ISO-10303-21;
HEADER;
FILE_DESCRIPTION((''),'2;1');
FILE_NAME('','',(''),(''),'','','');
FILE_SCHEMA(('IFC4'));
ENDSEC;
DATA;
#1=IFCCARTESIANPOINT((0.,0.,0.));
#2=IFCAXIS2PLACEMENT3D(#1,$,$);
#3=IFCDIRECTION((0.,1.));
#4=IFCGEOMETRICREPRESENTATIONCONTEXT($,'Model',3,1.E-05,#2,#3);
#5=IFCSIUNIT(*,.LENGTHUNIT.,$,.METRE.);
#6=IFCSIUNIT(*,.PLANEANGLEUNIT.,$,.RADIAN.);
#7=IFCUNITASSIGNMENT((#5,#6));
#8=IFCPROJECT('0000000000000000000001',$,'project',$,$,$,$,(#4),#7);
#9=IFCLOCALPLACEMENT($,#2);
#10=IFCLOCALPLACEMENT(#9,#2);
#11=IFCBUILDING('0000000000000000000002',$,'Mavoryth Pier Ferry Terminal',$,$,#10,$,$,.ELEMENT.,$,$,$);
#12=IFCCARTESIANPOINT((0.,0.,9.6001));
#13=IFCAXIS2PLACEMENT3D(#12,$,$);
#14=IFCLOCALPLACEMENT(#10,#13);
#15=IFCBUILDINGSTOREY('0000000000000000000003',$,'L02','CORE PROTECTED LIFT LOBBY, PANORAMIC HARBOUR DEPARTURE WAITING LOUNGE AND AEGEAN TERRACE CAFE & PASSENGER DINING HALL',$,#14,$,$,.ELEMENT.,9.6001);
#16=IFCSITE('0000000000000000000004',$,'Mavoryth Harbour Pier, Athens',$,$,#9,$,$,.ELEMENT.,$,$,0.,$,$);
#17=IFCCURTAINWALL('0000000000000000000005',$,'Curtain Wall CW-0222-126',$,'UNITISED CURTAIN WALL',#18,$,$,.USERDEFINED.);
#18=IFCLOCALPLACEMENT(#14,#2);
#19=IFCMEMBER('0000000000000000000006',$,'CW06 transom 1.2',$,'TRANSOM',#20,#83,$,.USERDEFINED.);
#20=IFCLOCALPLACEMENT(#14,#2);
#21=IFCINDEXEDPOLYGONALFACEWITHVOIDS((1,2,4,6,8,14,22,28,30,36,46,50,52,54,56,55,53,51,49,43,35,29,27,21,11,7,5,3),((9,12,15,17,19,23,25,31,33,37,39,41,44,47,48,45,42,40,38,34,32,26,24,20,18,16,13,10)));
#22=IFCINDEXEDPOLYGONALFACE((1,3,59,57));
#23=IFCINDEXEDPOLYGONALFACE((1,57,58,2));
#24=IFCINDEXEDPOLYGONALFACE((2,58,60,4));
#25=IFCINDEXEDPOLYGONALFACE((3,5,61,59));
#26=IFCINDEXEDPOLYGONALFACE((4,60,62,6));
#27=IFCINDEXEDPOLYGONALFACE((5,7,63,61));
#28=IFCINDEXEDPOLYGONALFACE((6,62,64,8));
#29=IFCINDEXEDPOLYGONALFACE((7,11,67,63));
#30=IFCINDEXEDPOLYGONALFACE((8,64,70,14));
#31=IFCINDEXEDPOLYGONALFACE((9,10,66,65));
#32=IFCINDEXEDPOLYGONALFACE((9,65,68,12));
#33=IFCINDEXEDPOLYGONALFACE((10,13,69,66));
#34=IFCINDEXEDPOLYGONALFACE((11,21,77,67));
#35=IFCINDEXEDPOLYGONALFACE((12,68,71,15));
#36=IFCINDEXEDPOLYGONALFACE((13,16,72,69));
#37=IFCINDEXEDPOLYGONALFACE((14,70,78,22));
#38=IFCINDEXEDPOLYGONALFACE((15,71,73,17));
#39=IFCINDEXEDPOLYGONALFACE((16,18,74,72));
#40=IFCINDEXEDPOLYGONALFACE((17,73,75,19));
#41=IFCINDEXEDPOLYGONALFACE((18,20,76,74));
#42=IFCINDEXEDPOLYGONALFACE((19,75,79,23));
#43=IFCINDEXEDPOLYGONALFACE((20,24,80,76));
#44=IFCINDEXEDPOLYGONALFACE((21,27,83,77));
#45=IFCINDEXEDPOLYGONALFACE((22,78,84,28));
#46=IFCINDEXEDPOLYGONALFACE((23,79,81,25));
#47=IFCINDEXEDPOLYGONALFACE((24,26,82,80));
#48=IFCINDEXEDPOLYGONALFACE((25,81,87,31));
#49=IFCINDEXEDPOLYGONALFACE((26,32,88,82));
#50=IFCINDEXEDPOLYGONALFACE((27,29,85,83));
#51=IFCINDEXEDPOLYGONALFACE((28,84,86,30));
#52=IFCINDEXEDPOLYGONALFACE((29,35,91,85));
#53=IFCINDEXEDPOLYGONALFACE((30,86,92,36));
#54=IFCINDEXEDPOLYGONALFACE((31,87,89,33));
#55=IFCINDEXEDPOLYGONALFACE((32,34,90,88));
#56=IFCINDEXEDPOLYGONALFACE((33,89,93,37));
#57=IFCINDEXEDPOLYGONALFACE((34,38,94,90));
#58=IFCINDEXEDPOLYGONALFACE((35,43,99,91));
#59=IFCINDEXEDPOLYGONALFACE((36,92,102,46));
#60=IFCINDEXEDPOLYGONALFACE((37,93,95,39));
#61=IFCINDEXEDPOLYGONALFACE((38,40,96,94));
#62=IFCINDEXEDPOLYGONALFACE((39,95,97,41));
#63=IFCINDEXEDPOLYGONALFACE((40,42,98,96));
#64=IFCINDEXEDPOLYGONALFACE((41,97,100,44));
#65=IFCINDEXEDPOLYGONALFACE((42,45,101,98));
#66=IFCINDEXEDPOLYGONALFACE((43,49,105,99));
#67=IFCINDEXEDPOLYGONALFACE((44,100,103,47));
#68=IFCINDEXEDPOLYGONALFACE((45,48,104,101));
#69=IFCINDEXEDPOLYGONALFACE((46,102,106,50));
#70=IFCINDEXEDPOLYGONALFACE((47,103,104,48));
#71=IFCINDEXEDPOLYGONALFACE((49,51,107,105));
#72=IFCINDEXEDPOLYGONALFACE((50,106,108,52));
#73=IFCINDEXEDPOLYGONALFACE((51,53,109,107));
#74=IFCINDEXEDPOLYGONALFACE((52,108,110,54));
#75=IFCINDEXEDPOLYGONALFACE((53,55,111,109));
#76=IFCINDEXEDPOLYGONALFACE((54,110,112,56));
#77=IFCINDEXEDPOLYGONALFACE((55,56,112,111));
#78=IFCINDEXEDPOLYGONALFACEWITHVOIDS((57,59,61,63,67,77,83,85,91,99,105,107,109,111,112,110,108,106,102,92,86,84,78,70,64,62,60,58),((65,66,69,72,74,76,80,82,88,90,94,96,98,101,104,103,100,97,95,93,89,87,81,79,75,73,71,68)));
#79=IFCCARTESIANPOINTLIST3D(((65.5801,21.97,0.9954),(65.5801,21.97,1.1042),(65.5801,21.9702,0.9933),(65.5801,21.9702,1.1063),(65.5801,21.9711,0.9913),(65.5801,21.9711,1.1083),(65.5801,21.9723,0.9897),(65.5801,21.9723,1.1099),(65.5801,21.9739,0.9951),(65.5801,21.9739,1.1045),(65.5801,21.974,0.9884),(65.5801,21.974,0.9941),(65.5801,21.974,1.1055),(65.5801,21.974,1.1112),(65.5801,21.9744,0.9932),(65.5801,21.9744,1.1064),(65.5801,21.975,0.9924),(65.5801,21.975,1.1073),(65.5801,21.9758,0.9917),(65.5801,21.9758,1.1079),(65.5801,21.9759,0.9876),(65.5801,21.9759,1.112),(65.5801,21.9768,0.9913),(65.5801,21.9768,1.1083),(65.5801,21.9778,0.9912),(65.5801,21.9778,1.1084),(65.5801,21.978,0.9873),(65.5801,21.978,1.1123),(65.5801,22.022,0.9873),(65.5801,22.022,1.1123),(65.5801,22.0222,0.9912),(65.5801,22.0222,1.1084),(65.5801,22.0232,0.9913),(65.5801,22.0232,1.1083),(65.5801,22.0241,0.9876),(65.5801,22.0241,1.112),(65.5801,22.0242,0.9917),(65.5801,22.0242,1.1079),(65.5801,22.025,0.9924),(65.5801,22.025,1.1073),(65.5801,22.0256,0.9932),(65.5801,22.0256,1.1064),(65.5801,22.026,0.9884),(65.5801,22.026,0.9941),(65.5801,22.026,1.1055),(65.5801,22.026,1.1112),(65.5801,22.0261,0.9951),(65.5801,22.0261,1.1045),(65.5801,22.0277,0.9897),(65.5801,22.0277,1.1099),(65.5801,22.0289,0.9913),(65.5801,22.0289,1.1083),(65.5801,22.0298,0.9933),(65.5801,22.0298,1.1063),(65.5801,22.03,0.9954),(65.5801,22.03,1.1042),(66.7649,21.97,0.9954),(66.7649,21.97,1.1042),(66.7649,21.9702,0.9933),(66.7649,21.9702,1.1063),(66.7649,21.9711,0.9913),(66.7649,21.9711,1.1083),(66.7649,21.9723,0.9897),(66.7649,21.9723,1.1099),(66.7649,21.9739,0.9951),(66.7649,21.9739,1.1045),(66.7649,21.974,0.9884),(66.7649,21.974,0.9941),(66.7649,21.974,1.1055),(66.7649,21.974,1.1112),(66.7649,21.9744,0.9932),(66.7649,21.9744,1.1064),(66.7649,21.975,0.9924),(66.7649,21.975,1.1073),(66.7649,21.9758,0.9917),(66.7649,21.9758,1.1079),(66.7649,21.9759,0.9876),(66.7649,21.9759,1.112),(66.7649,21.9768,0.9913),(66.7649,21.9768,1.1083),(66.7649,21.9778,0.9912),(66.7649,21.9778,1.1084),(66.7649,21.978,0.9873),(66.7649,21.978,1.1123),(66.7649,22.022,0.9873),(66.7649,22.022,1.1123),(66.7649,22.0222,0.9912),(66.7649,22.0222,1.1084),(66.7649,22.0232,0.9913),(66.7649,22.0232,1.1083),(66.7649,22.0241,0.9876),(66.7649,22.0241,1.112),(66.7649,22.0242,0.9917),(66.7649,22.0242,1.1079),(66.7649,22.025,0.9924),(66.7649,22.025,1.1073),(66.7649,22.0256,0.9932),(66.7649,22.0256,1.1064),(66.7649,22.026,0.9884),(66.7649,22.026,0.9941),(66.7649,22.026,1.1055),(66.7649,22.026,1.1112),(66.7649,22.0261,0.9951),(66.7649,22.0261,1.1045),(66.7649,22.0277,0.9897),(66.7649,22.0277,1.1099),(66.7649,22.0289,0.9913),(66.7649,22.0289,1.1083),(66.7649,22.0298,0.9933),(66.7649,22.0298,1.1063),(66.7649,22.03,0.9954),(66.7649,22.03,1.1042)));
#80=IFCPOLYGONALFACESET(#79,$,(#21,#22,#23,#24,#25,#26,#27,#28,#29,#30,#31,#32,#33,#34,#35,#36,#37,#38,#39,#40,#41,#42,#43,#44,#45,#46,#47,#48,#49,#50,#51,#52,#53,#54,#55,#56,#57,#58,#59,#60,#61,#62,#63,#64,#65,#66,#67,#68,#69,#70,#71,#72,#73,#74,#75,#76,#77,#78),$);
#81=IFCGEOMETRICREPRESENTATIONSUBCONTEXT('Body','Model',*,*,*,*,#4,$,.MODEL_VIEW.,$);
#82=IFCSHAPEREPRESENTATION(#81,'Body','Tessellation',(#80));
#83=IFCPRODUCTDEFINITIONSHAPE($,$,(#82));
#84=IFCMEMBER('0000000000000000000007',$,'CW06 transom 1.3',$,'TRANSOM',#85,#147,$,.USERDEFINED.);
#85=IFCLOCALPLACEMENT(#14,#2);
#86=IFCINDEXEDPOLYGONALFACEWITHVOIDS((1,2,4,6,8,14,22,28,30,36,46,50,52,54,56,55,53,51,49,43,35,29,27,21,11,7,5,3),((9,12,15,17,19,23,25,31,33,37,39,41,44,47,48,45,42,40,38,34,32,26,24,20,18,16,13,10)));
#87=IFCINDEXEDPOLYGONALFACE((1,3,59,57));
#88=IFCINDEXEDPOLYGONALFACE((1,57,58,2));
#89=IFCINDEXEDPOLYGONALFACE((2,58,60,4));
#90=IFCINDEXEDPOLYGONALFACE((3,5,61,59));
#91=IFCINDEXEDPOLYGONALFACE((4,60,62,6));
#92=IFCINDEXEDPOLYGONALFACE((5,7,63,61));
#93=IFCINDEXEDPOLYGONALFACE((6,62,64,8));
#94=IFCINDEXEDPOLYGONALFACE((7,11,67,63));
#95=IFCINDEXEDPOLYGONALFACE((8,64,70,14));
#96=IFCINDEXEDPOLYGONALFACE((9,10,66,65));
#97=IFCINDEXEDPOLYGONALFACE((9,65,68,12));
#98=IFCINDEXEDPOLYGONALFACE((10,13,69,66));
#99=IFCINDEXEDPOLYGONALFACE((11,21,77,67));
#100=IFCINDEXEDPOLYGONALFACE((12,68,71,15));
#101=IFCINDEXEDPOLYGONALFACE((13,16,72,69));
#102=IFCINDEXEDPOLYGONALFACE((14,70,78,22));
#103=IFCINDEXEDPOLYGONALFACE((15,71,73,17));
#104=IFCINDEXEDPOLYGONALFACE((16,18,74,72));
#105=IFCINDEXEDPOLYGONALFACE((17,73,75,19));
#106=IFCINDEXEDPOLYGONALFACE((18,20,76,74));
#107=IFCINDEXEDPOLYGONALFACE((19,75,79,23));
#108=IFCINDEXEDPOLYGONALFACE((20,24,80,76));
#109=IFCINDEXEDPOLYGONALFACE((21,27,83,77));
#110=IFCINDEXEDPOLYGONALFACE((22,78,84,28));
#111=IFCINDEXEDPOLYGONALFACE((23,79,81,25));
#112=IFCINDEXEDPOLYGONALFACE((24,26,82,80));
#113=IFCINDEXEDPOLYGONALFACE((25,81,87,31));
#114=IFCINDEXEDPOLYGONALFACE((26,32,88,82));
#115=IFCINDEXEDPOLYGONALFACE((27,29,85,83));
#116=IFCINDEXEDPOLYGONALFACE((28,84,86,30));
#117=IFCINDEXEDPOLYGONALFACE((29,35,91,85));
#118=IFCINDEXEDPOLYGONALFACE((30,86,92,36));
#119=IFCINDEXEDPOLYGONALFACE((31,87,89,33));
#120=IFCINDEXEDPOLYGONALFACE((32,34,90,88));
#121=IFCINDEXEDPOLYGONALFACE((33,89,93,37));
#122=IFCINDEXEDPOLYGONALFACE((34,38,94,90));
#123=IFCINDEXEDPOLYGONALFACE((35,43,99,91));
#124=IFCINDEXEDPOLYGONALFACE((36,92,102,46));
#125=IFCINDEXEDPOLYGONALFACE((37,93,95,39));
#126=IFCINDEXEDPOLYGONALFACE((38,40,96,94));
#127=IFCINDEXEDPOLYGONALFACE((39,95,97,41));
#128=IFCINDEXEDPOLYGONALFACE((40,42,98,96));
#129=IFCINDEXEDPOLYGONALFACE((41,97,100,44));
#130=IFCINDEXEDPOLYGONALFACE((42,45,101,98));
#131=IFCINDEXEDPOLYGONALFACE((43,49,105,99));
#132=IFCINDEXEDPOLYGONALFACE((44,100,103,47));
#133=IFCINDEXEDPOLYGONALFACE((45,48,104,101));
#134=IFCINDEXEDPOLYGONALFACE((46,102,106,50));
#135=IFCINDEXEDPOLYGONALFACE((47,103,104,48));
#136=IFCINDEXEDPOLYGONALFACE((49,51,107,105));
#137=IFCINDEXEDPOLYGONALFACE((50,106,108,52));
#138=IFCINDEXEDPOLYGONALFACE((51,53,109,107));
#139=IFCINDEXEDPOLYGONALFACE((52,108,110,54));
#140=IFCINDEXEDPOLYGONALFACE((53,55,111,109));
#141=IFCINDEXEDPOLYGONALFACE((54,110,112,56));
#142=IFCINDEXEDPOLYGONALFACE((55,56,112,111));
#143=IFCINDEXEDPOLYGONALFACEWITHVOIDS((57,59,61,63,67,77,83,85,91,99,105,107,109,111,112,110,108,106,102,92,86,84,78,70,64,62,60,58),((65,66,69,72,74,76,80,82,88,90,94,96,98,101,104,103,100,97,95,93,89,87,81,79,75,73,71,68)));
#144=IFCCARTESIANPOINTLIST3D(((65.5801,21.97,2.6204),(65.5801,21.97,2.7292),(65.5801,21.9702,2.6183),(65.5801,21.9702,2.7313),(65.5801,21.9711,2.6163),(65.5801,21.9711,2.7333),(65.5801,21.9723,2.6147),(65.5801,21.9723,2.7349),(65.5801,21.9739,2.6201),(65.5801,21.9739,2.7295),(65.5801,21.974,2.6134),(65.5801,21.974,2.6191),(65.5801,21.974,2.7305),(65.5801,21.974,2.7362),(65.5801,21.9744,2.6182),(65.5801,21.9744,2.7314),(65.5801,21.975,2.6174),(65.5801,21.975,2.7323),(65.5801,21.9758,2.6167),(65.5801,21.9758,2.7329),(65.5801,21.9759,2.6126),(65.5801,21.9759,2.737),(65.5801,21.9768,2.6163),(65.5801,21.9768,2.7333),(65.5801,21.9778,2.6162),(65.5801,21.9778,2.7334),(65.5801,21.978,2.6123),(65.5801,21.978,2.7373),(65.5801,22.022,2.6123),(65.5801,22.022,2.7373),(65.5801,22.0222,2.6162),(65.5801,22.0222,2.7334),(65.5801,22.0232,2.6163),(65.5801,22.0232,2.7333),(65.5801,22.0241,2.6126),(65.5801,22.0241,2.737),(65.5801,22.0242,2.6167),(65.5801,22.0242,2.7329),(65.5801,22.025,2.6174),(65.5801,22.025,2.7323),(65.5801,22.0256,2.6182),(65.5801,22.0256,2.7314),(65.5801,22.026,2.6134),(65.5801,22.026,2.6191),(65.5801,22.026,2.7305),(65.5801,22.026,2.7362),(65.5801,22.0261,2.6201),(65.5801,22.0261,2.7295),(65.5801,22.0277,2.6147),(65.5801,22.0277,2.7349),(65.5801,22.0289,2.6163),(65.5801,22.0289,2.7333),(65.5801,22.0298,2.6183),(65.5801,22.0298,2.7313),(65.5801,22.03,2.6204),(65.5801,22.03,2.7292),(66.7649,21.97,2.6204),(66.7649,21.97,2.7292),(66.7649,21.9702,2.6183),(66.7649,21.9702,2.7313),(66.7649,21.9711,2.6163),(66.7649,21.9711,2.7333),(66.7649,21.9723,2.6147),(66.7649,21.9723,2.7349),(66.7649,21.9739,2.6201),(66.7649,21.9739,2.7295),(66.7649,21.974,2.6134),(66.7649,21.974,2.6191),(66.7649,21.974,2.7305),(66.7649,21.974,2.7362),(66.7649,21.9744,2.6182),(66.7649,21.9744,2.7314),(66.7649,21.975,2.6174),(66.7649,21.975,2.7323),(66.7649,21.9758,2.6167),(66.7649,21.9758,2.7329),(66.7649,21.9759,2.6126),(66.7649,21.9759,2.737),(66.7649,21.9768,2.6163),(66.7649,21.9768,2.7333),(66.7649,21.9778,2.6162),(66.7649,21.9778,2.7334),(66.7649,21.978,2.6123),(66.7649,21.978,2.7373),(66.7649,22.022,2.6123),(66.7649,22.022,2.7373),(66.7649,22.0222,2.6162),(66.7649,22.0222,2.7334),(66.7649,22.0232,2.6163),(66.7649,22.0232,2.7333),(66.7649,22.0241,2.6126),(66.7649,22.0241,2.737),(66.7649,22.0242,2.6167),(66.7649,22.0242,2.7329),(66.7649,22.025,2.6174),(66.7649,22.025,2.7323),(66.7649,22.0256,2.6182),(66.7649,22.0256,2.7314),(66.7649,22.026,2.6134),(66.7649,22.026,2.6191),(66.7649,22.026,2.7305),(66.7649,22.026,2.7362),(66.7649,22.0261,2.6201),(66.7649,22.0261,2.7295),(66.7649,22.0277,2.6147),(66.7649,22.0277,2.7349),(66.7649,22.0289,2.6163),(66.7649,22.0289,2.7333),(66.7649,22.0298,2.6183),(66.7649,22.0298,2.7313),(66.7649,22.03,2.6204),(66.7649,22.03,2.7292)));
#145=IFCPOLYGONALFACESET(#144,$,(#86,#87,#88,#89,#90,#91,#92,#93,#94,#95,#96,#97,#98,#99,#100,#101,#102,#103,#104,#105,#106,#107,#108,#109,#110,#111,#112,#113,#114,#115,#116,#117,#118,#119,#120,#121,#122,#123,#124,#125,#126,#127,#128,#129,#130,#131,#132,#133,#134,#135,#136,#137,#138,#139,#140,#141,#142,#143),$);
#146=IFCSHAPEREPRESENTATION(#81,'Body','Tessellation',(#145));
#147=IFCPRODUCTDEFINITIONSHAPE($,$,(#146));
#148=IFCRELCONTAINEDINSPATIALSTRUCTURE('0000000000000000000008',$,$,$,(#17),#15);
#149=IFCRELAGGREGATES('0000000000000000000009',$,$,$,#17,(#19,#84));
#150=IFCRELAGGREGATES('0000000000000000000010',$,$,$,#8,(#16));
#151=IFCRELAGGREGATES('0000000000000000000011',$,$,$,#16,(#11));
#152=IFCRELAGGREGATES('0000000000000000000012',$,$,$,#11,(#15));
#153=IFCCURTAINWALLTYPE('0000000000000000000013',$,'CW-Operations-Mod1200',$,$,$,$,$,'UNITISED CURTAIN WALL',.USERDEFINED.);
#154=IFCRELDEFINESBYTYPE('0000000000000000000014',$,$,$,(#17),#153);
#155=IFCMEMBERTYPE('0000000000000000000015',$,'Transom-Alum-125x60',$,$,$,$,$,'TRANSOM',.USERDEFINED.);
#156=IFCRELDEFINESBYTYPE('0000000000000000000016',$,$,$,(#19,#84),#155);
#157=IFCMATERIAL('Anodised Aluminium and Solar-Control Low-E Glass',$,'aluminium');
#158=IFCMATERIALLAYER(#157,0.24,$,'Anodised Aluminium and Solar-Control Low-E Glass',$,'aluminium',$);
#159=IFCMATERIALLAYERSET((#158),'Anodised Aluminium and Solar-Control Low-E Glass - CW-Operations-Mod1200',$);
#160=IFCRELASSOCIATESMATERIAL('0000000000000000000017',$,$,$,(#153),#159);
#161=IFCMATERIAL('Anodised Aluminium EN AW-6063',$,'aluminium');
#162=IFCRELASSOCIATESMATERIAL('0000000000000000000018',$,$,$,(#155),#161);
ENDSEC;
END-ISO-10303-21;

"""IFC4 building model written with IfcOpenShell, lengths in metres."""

from ifc_helpers import new_model, si_unit, direction, frame, origin, origin_2d, place, context, subcontext, project, spatial, hollow_rectangle, extrude, material, layer, layer_set, material_profile, profile_set, type_object, element, aggregate, save


model = new_model("IFC4")

# Units and contexts
model_context = context("Model", 3, precision=1e-05, world=origin(), true_north=direction((0.0, 1.0)))
body_context = subcontext(model_context, "Body", "Model", "MODEL_VIEW")
ifc_project = project(units=[si_unit("LENGTHUNIT", "METRE"), si_unit("PLANEANGLEUNIT", "RADIAN")], contexts=[model_context])

# Site, building, storey
site_placement = place(None, origin())
site = spatial("IfcSite", under=ifc_project, at=site_placement, Name="Mavoryth Harbour Pier, Athens", CompositionType="ELEMENT", RefElevation=0.0)
building_placement = place(site_placement, origin())
building = spatial("IfcBuilding", under=site, at=building_placement, Name="Mavoryth Pier Ferry Terminal", CompositionType="ELEMENT")
storey_placement = place(building_placement, frame((0.0, 0.0, 9.6001)))
storey = spatial("IfcBuildingStorey", under=building, at=storey_placement, Name="L02", Description="CORE PROTECTED LIFT LOBBY, PANORAMIC HARBOUR DEPARTURE WAITING LOUNGE AND AEGEAN TERRACE CAFE & PASSENGER DINING HALL", CompositionType="ELEMENT", Elevation=9.6001)

# Curtain wall
ifc_material_1 = material(Name="Anodised Aluminium and Solar-Control Low-E Glass", Category="aluminium")
ifc_layer_1 = layer(ifc_material_1, 0.24, Name="Anodised Aluminium and Solar-Control Low-E Glass", Category="aluminium")
ifc_layer_set_1 = layer_set([ifc_layer_1], Name="Anodised Aluminium and Solar-Control Low-E Glass - CW-Operations-Mod1200")
curtain_wall_type = type_object("IfcCurtainWallType", Name="CW-Operations-Mod1200", ElementType="UNITISED CURTAIN WALL", PredefinedType="USERDEFINED", material=ifc_layer_set_1)
curtain_wall_1_placement = place(storey_placement, origin())
curtain_wall_1 = element("IfcCurtainWall", 1, at=curtain_wall_1_placement, inside=storey, type_object=curtain_wall_type, Name="Curtain Wall CW-0222-126", ObjectType="UNITISED CURTAIN WALL", PredefinedType="USERDEFINED")
ifc_material_2 = material(Name="Anodised Aluminium EN AW-6063", Category="aluminium")

# Members
ifc_material_profile_1 = material_profile(ifc_material_2, hollow_rectangle(XDim=0.0601, YDim=0.125, WallThickness=0.0039, InnerFilletRadius=0.0039, OuterFilletRadius=0.0081, at=origin_2d()), Name="AL-TRAN 125x60x4", Category="aluminium")
ifc_profile_set_1 = profile_set([ifc_material_profile_1], Name="Anodised Aluminium EN AW-6063 - AL-TRAN 125x60x4")
member_type_1 = type_object("IfcMemberType", Name="Transom-Alum-125x60", ElementType="TRANSOM", PredefinedType="USERDEFINED", material=ifc_profile_set_1)
member_1_placement = place(storey_placement, frame((66.7649, 22.0, 1.0498), z_axis=(-1.0, 0.0, 0.0), x_axis=(0.0, -1.0, 0.0)))
member_1 = element("IfcMember", 2, at=member_1_placement, type_object=member_type_1, Name="CW06 transom 1.2", ObjectType="TRANSOM", PredefinedType="USERDEFINED", context=body_context, shape_type="SweptSolid", body=[
    extrude(hollow_rectangle(XDim=0.0601, YDim=0.125, WallThickness=0.0039, InnerFilletRadius=0.0039, OuterFilletRadius=0.0081, at=origin_2d()), origin(), (0.0, 0.0, 1.0), 1.1848),
])
member_2_placement = place(storey_placement, frame((66.7649, 22.0, 2.6748), z_axis=(-1.0, 0.0, 0.0), x_axis=(0.0, -1.0, 0.0)))
member_2 = element("IfcMember", 3, at=member_2_placement, type_object=member_type_1, Name="CW06 transom 1.3", ObjectType="TRANSOM", PredefinedType="USERDEFINED", context=body_context, shape_type="SweptSolid", body=[
    extrude(hollow_rectangle(XDim=0.0601, YDim=0.125, WallThickness=0.0039, InnerFilletRadius=0.0039, OuterFilletRadius=0.0081, at=origin_2d()), origin(), (0.0, 0.0, 1.0), 1.1848),
])

aggregate(curtain_wall_1, [member_1, member_2])

save(model, "model.ifc")
